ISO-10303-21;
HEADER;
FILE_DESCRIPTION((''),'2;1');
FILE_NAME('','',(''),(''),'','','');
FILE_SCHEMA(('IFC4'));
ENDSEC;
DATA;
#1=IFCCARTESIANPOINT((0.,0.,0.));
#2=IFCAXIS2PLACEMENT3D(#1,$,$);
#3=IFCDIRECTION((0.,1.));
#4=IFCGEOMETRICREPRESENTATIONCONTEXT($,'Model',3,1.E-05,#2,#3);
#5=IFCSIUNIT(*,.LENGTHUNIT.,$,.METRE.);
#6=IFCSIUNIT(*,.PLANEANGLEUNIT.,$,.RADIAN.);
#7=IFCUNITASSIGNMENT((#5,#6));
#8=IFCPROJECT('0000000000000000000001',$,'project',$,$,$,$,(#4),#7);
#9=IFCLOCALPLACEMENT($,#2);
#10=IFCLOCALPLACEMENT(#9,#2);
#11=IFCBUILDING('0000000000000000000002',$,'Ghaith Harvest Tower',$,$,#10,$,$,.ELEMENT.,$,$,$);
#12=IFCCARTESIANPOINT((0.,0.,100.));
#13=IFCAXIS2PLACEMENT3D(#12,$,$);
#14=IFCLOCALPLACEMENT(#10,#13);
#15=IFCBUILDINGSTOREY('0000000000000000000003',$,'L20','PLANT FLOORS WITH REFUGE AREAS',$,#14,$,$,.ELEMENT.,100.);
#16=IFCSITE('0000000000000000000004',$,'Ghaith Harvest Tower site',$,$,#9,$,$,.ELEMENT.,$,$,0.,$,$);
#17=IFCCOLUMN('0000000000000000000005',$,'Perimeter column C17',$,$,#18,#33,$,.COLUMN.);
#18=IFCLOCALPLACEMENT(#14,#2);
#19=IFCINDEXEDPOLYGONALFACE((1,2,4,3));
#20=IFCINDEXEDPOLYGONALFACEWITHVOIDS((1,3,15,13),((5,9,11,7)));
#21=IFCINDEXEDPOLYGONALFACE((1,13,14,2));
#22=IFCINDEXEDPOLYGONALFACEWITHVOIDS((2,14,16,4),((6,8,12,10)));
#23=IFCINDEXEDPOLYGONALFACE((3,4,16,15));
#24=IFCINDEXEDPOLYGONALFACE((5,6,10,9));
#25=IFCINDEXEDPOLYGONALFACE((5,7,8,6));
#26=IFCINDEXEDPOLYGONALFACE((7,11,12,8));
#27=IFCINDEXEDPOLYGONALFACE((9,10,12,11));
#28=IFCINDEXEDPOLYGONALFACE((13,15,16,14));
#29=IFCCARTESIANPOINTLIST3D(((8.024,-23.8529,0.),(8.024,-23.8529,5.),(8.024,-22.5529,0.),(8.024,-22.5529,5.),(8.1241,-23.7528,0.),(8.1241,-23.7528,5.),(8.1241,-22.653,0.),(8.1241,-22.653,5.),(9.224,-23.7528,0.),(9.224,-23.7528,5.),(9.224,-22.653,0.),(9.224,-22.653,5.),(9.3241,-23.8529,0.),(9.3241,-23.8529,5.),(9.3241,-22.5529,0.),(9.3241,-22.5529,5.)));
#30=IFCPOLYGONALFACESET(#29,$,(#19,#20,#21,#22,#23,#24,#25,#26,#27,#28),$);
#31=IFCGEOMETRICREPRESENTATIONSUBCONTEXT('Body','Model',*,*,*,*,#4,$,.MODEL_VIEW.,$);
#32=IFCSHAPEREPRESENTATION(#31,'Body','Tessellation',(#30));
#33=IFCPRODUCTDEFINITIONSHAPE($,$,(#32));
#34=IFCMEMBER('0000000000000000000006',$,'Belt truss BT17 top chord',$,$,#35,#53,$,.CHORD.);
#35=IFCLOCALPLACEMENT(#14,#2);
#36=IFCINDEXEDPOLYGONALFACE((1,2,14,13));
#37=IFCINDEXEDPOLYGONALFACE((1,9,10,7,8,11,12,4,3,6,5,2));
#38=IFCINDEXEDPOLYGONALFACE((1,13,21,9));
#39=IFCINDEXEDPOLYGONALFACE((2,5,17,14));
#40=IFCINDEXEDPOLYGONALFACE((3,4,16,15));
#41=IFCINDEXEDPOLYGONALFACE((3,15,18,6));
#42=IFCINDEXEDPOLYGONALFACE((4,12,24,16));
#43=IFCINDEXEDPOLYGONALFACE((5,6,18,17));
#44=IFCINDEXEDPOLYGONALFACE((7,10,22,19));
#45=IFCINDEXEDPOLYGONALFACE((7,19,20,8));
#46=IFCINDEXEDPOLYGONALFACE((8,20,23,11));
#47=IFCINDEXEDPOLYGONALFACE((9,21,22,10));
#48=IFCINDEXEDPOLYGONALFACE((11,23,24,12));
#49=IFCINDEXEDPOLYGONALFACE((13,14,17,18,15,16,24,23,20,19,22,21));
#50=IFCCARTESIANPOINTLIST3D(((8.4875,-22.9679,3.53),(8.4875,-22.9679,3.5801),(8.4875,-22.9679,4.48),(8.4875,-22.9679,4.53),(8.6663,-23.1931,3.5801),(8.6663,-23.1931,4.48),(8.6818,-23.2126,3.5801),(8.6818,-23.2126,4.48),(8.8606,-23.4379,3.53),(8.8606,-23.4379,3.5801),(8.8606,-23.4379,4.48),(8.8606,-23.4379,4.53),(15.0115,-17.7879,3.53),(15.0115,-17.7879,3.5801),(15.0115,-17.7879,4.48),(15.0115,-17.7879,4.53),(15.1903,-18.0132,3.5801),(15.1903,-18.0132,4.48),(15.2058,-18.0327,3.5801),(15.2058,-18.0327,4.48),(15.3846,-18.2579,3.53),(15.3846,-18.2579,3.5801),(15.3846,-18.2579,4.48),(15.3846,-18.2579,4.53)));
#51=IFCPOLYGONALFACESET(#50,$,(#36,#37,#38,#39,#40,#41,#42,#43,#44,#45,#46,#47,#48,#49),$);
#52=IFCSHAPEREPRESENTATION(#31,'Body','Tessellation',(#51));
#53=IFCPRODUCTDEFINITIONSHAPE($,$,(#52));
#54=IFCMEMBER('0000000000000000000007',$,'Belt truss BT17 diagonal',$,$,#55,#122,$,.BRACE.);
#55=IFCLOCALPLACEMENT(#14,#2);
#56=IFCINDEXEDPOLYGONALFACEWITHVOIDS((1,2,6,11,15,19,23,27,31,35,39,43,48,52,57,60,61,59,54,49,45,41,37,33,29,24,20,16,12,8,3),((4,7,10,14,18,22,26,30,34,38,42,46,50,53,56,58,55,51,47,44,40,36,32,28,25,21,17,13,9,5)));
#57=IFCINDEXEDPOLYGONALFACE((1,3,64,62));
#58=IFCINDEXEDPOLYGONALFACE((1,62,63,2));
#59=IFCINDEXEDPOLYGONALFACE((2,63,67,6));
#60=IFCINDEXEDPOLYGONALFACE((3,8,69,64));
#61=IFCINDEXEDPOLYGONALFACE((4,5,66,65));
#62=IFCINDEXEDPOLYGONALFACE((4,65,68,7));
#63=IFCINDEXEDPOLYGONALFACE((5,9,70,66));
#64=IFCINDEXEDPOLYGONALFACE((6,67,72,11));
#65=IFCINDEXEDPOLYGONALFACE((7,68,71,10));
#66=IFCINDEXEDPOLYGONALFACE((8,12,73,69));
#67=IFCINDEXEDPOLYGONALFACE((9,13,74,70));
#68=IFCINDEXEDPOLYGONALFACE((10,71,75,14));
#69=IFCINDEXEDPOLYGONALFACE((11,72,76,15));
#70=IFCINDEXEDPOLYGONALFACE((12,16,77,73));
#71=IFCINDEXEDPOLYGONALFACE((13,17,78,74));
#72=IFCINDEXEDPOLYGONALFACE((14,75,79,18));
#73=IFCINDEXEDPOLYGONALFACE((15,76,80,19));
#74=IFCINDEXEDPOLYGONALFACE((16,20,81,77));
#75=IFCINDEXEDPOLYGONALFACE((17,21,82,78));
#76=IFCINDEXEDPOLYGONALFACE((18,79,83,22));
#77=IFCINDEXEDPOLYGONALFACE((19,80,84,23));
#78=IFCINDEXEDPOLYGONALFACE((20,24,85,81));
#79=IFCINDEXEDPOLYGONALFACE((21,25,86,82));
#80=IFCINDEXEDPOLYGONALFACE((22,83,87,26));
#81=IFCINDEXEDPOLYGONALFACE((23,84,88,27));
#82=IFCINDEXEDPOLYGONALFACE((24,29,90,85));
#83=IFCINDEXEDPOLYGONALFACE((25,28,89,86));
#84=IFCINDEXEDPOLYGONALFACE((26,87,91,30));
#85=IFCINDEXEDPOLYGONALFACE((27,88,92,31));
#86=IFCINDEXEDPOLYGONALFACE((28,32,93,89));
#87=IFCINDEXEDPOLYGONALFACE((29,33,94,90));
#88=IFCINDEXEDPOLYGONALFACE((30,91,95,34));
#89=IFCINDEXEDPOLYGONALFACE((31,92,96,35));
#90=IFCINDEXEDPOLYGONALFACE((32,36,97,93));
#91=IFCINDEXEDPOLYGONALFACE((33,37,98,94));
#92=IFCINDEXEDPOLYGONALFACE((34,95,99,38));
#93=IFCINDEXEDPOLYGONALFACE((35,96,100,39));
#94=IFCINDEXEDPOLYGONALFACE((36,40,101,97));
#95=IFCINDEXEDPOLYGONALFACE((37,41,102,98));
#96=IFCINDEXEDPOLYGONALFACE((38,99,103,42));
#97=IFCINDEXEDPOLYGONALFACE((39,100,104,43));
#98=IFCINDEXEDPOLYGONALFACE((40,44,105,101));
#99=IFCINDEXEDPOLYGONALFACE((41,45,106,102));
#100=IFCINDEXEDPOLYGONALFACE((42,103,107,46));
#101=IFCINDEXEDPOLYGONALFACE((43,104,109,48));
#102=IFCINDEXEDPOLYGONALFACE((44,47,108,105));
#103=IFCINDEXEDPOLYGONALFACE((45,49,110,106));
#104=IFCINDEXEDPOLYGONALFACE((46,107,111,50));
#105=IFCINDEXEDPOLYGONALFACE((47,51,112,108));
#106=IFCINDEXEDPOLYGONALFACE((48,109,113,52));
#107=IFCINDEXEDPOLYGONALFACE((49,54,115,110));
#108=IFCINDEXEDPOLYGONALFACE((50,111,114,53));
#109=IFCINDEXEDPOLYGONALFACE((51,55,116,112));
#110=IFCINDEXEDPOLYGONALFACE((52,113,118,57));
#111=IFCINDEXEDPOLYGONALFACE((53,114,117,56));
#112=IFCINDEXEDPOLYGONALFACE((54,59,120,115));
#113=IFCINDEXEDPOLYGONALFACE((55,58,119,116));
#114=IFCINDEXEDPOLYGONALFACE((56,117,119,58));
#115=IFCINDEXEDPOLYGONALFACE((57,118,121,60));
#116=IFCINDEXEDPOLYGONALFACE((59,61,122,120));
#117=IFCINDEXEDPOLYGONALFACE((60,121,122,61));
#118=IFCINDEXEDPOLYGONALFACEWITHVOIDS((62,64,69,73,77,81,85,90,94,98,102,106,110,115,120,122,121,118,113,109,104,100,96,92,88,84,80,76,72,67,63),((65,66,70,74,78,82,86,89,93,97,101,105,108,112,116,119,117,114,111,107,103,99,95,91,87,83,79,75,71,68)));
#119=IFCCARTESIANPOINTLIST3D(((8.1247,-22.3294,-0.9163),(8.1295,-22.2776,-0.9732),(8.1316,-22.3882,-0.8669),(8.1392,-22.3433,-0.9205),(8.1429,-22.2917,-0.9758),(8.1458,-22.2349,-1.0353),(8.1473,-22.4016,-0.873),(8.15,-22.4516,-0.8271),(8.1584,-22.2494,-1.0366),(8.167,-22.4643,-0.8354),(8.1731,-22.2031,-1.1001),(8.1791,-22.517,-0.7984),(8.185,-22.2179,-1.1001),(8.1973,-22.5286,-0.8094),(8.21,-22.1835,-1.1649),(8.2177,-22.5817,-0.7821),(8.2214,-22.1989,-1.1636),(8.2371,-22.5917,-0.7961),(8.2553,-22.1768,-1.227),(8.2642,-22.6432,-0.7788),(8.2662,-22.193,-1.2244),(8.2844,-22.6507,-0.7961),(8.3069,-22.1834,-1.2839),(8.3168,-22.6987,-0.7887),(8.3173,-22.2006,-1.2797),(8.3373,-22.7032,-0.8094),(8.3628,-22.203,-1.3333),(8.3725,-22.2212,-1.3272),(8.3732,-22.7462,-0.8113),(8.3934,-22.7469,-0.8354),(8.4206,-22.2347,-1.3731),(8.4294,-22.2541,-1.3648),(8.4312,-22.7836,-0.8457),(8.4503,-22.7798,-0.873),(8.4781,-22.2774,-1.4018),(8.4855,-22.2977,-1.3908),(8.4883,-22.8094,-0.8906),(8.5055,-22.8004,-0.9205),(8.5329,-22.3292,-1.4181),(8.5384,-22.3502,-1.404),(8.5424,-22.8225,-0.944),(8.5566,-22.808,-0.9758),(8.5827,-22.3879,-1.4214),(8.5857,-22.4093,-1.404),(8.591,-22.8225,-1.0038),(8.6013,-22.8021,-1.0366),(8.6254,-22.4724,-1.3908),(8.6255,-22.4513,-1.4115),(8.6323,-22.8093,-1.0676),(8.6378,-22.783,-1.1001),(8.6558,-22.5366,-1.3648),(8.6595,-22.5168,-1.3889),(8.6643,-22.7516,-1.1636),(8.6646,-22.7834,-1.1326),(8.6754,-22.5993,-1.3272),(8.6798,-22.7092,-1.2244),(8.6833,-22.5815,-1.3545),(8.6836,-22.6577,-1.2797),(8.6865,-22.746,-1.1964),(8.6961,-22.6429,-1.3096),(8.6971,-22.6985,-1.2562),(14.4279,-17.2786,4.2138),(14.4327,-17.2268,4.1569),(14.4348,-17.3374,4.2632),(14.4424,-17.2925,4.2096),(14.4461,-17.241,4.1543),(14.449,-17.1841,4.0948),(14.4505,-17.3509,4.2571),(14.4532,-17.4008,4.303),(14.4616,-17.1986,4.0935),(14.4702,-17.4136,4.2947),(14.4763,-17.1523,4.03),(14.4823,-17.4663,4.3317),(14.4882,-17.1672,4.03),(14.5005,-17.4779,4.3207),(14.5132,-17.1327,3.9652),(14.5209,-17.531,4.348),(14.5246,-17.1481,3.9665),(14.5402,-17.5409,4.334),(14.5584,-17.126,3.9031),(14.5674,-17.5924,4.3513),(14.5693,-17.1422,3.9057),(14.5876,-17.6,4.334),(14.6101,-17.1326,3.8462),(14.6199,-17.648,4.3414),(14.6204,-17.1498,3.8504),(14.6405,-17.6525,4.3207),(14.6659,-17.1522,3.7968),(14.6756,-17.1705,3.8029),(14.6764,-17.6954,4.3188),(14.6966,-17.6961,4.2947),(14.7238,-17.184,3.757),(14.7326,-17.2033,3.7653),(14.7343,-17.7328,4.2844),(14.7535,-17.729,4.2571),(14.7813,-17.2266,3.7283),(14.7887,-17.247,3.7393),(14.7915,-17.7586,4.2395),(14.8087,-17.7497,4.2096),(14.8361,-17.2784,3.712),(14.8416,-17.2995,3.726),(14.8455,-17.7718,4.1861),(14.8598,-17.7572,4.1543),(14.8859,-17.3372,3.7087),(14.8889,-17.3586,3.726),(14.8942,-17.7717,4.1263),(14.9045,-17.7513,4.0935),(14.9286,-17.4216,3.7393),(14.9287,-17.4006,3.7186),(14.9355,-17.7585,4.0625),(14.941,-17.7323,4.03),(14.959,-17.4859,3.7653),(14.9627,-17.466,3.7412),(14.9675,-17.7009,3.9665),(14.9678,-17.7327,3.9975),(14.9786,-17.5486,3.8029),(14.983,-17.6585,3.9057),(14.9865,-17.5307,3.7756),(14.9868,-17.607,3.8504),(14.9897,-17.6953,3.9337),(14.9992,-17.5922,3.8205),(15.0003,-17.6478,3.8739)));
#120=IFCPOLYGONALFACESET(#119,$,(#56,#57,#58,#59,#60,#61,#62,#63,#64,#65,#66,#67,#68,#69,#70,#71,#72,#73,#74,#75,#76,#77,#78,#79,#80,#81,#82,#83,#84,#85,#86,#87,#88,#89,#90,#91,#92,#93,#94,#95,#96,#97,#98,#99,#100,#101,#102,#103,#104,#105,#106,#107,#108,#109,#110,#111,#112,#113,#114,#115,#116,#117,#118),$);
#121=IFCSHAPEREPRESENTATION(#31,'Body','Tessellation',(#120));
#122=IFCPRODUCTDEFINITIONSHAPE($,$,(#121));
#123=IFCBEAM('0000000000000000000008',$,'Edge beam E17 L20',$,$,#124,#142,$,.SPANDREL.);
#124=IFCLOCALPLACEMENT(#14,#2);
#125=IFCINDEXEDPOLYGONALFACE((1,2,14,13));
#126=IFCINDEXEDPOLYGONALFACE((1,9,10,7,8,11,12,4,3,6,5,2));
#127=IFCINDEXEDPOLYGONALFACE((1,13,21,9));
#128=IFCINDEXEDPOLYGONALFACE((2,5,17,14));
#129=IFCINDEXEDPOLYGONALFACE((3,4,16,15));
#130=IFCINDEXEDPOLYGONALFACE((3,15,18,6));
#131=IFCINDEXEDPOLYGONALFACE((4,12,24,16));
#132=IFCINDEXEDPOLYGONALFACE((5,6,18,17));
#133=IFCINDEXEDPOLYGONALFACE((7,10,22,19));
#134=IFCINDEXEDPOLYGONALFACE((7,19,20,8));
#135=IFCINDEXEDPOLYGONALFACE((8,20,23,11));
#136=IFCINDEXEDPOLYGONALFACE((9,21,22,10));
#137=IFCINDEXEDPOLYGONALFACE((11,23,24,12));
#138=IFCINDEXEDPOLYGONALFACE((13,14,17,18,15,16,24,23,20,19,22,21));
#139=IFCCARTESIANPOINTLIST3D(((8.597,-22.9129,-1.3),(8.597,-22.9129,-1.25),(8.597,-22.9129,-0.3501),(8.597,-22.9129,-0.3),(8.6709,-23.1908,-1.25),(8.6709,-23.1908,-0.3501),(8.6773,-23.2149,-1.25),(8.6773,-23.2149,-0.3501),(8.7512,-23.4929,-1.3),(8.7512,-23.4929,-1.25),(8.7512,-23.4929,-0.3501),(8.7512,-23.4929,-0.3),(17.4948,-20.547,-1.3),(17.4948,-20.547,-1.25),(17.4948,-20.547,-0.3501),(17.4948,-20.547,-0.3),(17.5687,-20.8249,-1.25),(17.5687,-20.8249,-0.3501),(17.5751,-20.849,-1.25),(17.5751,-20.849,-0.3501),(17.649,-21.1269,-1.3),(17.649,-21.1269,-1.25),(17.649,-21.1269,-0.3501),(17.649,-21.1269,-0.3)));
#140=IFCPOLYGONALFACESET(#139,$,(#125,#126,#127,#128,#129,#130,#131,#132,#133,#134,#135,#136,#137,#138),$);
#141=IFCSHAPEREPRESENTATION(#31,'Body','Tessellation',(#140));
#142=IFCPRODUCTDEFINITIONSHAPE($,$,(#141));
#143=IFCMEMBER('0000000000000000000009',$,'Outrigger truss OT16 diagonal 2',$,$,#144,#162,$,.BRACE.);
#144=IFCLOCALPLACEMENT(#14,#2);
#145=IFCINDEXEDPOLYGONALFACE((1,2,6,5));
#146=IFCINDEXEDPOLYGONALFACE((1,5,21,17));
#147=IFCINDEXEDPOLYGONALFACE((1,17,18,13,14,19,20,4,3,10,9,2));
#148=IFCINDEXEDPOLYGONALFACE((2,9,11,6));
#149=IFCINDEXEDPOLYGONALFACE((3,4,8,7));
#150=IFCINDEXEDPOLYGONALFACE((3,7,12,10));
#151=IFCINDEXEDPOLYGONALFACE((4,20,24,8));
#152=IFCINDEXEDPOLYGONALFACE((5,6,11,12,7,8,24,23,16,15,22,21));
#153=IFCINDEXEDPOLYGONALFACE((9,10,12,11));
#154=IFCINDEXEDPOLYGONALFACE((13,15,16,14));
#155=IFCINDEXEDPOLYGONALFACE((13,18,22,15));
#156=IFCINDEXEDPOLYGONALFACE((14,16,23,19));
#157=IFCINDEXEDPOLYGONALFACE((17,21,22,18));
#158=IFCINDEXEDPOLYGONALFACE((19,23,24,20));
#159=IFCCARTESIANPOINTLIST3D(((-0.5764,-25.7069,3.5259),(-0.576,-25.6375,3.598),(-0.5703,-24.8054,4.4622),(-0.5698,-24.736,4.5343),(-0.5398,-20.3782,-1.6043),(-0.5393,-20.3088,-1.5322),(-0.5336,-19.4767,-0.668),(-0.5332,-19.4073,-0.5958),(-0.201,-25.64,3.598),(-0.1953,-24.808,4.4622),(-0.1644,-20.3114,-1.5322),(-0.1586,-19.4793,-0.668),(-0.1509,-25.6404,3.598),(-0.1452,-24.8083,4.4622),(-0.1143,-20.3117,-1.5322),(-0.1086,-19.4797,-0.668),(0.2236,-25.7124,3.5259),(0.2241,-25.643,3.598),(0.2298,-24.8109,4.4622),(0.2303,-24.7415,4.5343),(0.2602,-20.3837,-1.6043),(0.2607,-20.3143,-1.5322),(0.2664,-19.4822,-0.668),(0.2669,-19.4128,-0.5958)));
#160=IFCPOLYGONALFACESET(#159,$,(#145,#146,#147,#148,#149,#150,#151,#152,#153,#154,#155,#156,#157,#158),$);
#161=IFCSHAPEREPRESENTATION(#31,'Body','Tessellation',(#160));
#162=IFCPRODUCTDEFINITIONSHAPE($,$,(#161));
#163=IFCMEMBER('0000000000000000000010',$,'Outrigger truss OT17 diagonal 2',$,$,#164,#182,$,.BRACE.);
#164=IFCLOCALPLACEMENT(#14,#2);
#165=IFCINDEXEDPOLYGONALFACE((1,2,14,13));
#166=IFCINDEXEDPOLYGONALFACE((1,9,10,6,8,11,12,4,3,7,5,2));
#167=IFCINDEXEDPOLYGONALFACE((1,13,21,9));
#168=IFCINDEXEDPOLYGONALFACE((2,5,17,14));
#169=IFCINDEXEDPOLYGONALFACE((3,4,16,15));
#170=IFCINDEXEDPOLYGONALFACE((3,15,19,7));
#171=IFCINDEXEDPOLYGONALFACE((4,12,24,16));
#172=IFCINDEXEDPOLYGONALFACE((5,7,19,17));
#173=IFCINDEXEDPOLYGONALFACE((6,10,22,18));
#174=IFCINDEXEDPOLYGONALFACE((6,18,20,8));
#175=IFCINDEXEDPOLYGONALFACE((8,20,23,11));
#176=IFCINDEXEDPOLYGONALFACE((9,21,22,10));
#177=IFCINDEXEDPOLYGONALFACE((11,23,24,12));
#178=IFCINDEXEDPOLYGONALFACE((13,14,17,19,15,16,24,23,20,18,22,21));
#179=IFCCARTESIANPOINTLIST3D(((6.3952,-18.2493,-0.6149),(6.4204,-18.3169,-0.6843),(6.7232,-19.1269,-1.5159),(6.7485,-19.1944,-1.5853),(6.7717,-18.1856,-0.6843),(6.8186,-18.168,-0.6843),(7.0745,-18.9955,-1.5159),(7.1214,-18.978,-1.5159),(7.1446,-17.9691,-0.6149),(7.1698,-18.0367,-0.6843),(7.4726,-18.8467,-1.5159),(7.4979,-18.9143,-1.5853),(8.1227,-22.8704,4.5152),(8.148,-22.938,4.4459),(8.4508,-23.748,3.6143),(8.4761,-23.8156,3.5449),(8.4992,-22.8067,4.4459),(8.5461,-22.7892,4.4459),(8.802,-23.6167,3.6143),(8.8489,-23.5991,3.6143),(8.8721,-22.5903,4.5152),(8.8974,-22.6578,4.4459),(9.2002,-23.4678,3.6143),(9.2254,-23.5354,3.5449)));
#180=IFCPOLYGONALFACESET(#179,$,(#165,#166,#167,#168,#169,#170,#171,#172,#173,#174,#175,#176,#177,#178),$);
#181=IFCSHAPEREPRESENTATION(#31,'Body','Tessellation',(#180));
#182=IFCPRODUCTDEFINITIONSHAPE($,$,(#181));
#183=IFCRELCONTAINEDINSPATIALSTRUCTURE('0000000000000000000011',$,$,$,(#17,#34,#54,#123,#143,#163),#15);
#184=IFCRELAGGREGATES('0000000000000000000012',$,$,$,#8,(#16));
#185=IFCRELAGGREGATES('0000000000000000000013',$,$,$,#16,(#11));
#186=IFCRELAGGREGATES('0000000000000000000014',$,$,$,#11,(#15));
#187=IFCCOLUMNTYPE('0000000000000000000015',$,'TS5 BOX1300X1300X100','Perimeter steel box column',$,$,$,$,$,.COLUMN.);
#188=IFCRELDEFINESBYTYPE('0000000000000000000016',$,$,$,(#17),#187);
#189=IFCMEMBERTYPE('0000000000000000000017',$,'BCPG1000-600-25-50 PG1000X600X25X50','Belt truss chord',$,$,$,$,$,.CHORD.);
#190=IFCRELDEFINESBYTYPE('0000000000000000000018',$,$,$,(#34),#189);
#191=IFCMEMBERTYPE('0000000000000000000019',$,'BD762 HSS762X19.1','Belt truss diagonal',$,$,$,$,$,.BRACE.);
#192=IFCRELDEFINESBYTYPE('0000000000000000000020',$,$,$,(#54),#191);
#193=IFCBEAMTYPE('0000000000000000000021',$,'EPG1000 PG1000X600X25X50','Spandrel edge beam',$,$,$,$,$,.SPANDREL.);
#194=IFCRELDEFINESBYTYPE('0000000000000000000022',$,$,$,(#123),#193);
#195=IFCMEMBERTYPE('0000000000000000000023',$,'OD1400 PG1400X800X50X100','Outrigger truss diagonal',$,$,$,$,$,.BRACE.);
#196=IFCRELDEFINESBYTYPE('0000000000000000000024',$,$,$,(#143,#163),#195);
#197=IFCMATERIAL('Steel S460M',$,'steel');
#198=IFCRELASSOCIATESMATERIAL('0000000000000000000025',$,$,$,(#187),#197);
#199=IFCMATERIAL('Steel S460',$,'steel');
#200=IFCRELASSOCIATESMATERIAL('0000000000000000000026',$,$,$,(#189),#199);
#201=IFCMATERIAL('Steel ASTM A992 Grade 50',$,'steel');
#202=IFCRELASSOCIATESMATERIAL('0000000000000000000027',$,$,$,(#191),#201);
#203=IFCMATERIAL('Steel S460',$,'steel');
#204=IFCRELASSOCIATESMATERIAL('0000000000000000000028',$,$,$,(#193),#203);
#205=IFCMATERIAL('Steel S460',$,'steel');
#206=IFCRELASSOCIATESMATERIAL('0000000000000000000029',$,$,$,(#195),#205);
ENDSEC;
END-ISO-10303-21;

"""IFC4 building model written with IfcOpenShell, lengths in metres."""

from ifc_helpers import new_model, si_unit, direction, frame, origin, origin_2d, place, context, subcontext, project, spatial, hollow_rectangle, hollow_circle, i_section, extrude, material, material_profile, profile_set, type_object, element, save


model = new_model("IFC4")

# Units and contexts
model_context = context("Model", 3, precision=1e-05, world=origin(), true_north=direction((0.0, 1.0)))
body_context = subcontext(model_context, "Body", "Model", "MODEL_VIEW")
ifc_project = project(units=[si_unit("LENGTHUNIT", "METRE"), si_unit("PLANEANGLEUNIT", "RADIAN")], contexts=[model_context])

# Site, building, storey
site_placement = place(None, origin())
site = spatial("IfcSite", under=ifc_project, at=site_placement, Name="Ghaith Harvest Tower site", CompositionType="ELEMENT", RefElevation=0.0)
building_placement = place(site_placement, origin())
building = spatial("IfcBuilding", under=site, at=building_placement, Name="Ghaith Harvest Tower", CompositionType="ELEMENT")
storey_placement = place(building_placement, frame((0.0, 0.0, 100.0)))
storey = spatial("IfcBuildingStorey", under=building, at=storey_placement, Name="L20", Description="PLANT FLOORS WITH REFUGE AREAS", CompositionType="ELEMENT", Elevation=100.0)

# Column
ifc_material_1 = material(Name="Steel S460M", Category="steel")
ifc_material_profile_1 = material_profile(ifc_material_1, hollow_rectangle(XDim=1.3, YDim=1.3, WallThickness=0.1001, at=origin_2d()), Name="BOX1300X1300X100")
ifc_profile_set_1 = profile_set([ifc_material_profile_1], Name="Steel S460M")
column_type = type_object("IfcColumnType", Name="TS5 BOX1300X1300X100", Description="Perimeter steel box column", PredefinedType="COLUMN", material=ifc_profile_set_1)
column_placement = place(storey_placement, frame((8.6741, -23.2029, 0.0), z_axis=(0.0, 0.0, 1.0), x_axis=(1.0, 0.0, 0.0)))
element("IfcColumn", 1, at=column_placement, inside=storey, type_object=column_type, Name="Perimeter column C17", PredefinedType="COLUMN", context=body_context, shape_type="SweptSolid", body=[
    extrude(hollow_rectangle(XDim=1.3, YDim=1.3, WallThickness=0.1001, at=origin_2d()), origin(), (0.0, 0.0, 1.0), 5.0),
])

# Members
ifc_material_2 = material(Name="Steel S460", Category="steel")
ifc_material_profile_2 = material_profile(ifc_material_2, i_section(OverallWidth=0.6001, OverallDepth=1.0, WebThickness=0.0249, FlangeThickness=0.05, at=origin_2d()), Name="PG1000X600X25X50")
ifc_profile_set_2 = profile_set([ifc_material_profile_2], Name="Steel S460")
member_type_1 = type_object("IfcMemberType", Name="BCPG1000-600-25-50 PG1000X600X25X50", Description="Belt truss chord", PredefinedType="CHORD", material=ifc_profile_set_2)
member_1_placement = place(storey_placement, frame((8.6741, -23.2029, 4.03), z_axis=(0.78316, 0.621821, 0.0), x_axis=(-0.621821, 0.78316, 0.0)))
element("IfcMember", 2, at=member_1_placement, inside=storey, type_object=member_type_1, Name="Belt truss BT17 top chord", PredefinedType="CHORD", context=body_context, shape_type="SweptSolid", body=[
    extrude(i_section(OverallWidth=0.6001, OverallDepth=1.0, WebThickness=0.0249, FlangeThickness=0.05, at=origin_2d()), origin(), (0.0, 0.0, 1.0), 8.3303),
])
ifc_material_3 = material(Name="Steel ASTM A992 Grade 50", Category="steel")
ifc_material_profile_3 = material_profile(ifc_material_3, hollow_circle(Radius=0.3811, WallThickness=0.019, at=origin_2d()), Name="HSS762X19.1")
ifc_profile_set_3 = profile_set([ifc_material_profile_3], Name="Steel ASTM A992 Grade 50")
member_type_2 = type_object("IfcMemberType", Name="BD762 HSS762X19.1", Description="Belt truss diagonal", PredefinedType="BRACE", material=ifc_profile_set_3)
member_2_placement = place(storey_placement, frame((8.4114, -22.5005, -1.1001), z_axis=(0.658736, 0.527846, 0.536139), x_axis=(-0.625314, 0.780373, 0.0)))
element("IfcMember", 3, at=member_2_placement, inside=storey, type_object=member_type_2, Name="Belt truss BT17 diagonal", PredefinedType="BRACE", context=body_context, shape_type="SweptSolid", body=[
    extrude(hollow_circle(Radius=0.3811, WallThickness=0.019, at=origin_2d()), origin(), (0.0, 0.0, 1.0), 9.5686),
])

# Beam
ifc_material_4 = material(Name="Steel S460", Category="steel")
ifc_material_profile_4 = material_profile(ifc_material_4, i_section(OverallWidth=0.6001, OverallDepth=1.0, WebThickness=0.0249, FlangeThickness=0.05, at=origin_2d()), Name="PG1000X600X25X50")
ifc_profile_set_4 = profile_set([ifc_material_profile_4], Name="Steel S460")
beam_type = type_object("IfcBeamType", Name="EPG1000 PG1000X600X25X50", Description="Spandrel edge beam", PredefinedType="SPANDREL", material=ifc_profile_set_4)
beam_placement = place(storey_placement, frame((8.6741, -23.2029, -0.8), z_axis=(0.966419, 0.256971, 0.0), x_axis=(-0.256971, 0.966419, 0.0)))
element("IfcBeam", 4, at=beam_placement, inside=storey, type_object=beam_type, Name="Edge beam E17 L20", PredefinedType="SPANDREL", context=body_context, shape_type="SweptSolid", body=[
    extrude(i_section(OverallWidth=0.6001, OverallDepth=1.0, WebThickness=0.0249, FlangeThickness=0.05, at=origin_2d()), origin(), (0.0, 0.0, 1.0), 9.207),
])

# Members
ifc_material_5 = material(Name="Steel S460", Category="steel")
ifc_material_profile_5 = material_profile(ifc_material_5, i_section(OverallWidth=0.8, OverallDepth=1.3999, WebThickness=0.05, FlangeThickness=0.1001, at=origin_2d()), Name="PG1400X800X50X100")
ifc_profile_set_5 = profile_set([ifc_material_profile_5], Name="Steel S460")
member_type_3 = type_object("IfcMemberType", Name="OD1400 PG1400X800X50X100", Description="Outrigger truss diagonal", PredefinedType="BRACE", material=ifc_profile_set_5)
member_3_placement = place(storey_placement, frame((-0.1365, -19.8955, -1.1001), z_axis=(-0.004951, -0.720388, 0.693554), x_axis=(0.999976, -0.006872, 0.0)))
element("IfcMember", 5, at=member_3_placement, inside=storey, type_object=member_type_3, Name="Outrigger truss OT16 diagonal 2", PredefinedType="BRACE", context=body_context, shape_type="SweptSolid", body=[
    extrude(i_section(OverallWidth=0.8, OverallDepth=1.3999, WebThickness=0.05, FlangeThickness=0.1001, at=origin_2d()), origin(), (0.0, 0.0, 1.0), 7.397),
])
member_4_placement = place(storey_placement, frame((6.9465, -18.5818, -1.1001), z_axis=(0.242721, -0.649269, 0.720789), x_axis=(0.936687, 0.350169, 0.0)))
element("IfcMember", 6, at=member_4_placement, inside=storey, type_object=member_type_3, Name="Outrigger truss OT17 diagonal 2", PredefinedType="BRACE", context=body_context, shape_type="SweptSolid", body=[
    extrude(i_section(OverallWidth=0.8, OverallDepth=1.3999, WebThickness=0.05, FlangeThickness=0.1001, at=origin_2d()), origin(), (0.0, 0.0, 1.0), 7.1174),
])

save(model, "model.ifc")
